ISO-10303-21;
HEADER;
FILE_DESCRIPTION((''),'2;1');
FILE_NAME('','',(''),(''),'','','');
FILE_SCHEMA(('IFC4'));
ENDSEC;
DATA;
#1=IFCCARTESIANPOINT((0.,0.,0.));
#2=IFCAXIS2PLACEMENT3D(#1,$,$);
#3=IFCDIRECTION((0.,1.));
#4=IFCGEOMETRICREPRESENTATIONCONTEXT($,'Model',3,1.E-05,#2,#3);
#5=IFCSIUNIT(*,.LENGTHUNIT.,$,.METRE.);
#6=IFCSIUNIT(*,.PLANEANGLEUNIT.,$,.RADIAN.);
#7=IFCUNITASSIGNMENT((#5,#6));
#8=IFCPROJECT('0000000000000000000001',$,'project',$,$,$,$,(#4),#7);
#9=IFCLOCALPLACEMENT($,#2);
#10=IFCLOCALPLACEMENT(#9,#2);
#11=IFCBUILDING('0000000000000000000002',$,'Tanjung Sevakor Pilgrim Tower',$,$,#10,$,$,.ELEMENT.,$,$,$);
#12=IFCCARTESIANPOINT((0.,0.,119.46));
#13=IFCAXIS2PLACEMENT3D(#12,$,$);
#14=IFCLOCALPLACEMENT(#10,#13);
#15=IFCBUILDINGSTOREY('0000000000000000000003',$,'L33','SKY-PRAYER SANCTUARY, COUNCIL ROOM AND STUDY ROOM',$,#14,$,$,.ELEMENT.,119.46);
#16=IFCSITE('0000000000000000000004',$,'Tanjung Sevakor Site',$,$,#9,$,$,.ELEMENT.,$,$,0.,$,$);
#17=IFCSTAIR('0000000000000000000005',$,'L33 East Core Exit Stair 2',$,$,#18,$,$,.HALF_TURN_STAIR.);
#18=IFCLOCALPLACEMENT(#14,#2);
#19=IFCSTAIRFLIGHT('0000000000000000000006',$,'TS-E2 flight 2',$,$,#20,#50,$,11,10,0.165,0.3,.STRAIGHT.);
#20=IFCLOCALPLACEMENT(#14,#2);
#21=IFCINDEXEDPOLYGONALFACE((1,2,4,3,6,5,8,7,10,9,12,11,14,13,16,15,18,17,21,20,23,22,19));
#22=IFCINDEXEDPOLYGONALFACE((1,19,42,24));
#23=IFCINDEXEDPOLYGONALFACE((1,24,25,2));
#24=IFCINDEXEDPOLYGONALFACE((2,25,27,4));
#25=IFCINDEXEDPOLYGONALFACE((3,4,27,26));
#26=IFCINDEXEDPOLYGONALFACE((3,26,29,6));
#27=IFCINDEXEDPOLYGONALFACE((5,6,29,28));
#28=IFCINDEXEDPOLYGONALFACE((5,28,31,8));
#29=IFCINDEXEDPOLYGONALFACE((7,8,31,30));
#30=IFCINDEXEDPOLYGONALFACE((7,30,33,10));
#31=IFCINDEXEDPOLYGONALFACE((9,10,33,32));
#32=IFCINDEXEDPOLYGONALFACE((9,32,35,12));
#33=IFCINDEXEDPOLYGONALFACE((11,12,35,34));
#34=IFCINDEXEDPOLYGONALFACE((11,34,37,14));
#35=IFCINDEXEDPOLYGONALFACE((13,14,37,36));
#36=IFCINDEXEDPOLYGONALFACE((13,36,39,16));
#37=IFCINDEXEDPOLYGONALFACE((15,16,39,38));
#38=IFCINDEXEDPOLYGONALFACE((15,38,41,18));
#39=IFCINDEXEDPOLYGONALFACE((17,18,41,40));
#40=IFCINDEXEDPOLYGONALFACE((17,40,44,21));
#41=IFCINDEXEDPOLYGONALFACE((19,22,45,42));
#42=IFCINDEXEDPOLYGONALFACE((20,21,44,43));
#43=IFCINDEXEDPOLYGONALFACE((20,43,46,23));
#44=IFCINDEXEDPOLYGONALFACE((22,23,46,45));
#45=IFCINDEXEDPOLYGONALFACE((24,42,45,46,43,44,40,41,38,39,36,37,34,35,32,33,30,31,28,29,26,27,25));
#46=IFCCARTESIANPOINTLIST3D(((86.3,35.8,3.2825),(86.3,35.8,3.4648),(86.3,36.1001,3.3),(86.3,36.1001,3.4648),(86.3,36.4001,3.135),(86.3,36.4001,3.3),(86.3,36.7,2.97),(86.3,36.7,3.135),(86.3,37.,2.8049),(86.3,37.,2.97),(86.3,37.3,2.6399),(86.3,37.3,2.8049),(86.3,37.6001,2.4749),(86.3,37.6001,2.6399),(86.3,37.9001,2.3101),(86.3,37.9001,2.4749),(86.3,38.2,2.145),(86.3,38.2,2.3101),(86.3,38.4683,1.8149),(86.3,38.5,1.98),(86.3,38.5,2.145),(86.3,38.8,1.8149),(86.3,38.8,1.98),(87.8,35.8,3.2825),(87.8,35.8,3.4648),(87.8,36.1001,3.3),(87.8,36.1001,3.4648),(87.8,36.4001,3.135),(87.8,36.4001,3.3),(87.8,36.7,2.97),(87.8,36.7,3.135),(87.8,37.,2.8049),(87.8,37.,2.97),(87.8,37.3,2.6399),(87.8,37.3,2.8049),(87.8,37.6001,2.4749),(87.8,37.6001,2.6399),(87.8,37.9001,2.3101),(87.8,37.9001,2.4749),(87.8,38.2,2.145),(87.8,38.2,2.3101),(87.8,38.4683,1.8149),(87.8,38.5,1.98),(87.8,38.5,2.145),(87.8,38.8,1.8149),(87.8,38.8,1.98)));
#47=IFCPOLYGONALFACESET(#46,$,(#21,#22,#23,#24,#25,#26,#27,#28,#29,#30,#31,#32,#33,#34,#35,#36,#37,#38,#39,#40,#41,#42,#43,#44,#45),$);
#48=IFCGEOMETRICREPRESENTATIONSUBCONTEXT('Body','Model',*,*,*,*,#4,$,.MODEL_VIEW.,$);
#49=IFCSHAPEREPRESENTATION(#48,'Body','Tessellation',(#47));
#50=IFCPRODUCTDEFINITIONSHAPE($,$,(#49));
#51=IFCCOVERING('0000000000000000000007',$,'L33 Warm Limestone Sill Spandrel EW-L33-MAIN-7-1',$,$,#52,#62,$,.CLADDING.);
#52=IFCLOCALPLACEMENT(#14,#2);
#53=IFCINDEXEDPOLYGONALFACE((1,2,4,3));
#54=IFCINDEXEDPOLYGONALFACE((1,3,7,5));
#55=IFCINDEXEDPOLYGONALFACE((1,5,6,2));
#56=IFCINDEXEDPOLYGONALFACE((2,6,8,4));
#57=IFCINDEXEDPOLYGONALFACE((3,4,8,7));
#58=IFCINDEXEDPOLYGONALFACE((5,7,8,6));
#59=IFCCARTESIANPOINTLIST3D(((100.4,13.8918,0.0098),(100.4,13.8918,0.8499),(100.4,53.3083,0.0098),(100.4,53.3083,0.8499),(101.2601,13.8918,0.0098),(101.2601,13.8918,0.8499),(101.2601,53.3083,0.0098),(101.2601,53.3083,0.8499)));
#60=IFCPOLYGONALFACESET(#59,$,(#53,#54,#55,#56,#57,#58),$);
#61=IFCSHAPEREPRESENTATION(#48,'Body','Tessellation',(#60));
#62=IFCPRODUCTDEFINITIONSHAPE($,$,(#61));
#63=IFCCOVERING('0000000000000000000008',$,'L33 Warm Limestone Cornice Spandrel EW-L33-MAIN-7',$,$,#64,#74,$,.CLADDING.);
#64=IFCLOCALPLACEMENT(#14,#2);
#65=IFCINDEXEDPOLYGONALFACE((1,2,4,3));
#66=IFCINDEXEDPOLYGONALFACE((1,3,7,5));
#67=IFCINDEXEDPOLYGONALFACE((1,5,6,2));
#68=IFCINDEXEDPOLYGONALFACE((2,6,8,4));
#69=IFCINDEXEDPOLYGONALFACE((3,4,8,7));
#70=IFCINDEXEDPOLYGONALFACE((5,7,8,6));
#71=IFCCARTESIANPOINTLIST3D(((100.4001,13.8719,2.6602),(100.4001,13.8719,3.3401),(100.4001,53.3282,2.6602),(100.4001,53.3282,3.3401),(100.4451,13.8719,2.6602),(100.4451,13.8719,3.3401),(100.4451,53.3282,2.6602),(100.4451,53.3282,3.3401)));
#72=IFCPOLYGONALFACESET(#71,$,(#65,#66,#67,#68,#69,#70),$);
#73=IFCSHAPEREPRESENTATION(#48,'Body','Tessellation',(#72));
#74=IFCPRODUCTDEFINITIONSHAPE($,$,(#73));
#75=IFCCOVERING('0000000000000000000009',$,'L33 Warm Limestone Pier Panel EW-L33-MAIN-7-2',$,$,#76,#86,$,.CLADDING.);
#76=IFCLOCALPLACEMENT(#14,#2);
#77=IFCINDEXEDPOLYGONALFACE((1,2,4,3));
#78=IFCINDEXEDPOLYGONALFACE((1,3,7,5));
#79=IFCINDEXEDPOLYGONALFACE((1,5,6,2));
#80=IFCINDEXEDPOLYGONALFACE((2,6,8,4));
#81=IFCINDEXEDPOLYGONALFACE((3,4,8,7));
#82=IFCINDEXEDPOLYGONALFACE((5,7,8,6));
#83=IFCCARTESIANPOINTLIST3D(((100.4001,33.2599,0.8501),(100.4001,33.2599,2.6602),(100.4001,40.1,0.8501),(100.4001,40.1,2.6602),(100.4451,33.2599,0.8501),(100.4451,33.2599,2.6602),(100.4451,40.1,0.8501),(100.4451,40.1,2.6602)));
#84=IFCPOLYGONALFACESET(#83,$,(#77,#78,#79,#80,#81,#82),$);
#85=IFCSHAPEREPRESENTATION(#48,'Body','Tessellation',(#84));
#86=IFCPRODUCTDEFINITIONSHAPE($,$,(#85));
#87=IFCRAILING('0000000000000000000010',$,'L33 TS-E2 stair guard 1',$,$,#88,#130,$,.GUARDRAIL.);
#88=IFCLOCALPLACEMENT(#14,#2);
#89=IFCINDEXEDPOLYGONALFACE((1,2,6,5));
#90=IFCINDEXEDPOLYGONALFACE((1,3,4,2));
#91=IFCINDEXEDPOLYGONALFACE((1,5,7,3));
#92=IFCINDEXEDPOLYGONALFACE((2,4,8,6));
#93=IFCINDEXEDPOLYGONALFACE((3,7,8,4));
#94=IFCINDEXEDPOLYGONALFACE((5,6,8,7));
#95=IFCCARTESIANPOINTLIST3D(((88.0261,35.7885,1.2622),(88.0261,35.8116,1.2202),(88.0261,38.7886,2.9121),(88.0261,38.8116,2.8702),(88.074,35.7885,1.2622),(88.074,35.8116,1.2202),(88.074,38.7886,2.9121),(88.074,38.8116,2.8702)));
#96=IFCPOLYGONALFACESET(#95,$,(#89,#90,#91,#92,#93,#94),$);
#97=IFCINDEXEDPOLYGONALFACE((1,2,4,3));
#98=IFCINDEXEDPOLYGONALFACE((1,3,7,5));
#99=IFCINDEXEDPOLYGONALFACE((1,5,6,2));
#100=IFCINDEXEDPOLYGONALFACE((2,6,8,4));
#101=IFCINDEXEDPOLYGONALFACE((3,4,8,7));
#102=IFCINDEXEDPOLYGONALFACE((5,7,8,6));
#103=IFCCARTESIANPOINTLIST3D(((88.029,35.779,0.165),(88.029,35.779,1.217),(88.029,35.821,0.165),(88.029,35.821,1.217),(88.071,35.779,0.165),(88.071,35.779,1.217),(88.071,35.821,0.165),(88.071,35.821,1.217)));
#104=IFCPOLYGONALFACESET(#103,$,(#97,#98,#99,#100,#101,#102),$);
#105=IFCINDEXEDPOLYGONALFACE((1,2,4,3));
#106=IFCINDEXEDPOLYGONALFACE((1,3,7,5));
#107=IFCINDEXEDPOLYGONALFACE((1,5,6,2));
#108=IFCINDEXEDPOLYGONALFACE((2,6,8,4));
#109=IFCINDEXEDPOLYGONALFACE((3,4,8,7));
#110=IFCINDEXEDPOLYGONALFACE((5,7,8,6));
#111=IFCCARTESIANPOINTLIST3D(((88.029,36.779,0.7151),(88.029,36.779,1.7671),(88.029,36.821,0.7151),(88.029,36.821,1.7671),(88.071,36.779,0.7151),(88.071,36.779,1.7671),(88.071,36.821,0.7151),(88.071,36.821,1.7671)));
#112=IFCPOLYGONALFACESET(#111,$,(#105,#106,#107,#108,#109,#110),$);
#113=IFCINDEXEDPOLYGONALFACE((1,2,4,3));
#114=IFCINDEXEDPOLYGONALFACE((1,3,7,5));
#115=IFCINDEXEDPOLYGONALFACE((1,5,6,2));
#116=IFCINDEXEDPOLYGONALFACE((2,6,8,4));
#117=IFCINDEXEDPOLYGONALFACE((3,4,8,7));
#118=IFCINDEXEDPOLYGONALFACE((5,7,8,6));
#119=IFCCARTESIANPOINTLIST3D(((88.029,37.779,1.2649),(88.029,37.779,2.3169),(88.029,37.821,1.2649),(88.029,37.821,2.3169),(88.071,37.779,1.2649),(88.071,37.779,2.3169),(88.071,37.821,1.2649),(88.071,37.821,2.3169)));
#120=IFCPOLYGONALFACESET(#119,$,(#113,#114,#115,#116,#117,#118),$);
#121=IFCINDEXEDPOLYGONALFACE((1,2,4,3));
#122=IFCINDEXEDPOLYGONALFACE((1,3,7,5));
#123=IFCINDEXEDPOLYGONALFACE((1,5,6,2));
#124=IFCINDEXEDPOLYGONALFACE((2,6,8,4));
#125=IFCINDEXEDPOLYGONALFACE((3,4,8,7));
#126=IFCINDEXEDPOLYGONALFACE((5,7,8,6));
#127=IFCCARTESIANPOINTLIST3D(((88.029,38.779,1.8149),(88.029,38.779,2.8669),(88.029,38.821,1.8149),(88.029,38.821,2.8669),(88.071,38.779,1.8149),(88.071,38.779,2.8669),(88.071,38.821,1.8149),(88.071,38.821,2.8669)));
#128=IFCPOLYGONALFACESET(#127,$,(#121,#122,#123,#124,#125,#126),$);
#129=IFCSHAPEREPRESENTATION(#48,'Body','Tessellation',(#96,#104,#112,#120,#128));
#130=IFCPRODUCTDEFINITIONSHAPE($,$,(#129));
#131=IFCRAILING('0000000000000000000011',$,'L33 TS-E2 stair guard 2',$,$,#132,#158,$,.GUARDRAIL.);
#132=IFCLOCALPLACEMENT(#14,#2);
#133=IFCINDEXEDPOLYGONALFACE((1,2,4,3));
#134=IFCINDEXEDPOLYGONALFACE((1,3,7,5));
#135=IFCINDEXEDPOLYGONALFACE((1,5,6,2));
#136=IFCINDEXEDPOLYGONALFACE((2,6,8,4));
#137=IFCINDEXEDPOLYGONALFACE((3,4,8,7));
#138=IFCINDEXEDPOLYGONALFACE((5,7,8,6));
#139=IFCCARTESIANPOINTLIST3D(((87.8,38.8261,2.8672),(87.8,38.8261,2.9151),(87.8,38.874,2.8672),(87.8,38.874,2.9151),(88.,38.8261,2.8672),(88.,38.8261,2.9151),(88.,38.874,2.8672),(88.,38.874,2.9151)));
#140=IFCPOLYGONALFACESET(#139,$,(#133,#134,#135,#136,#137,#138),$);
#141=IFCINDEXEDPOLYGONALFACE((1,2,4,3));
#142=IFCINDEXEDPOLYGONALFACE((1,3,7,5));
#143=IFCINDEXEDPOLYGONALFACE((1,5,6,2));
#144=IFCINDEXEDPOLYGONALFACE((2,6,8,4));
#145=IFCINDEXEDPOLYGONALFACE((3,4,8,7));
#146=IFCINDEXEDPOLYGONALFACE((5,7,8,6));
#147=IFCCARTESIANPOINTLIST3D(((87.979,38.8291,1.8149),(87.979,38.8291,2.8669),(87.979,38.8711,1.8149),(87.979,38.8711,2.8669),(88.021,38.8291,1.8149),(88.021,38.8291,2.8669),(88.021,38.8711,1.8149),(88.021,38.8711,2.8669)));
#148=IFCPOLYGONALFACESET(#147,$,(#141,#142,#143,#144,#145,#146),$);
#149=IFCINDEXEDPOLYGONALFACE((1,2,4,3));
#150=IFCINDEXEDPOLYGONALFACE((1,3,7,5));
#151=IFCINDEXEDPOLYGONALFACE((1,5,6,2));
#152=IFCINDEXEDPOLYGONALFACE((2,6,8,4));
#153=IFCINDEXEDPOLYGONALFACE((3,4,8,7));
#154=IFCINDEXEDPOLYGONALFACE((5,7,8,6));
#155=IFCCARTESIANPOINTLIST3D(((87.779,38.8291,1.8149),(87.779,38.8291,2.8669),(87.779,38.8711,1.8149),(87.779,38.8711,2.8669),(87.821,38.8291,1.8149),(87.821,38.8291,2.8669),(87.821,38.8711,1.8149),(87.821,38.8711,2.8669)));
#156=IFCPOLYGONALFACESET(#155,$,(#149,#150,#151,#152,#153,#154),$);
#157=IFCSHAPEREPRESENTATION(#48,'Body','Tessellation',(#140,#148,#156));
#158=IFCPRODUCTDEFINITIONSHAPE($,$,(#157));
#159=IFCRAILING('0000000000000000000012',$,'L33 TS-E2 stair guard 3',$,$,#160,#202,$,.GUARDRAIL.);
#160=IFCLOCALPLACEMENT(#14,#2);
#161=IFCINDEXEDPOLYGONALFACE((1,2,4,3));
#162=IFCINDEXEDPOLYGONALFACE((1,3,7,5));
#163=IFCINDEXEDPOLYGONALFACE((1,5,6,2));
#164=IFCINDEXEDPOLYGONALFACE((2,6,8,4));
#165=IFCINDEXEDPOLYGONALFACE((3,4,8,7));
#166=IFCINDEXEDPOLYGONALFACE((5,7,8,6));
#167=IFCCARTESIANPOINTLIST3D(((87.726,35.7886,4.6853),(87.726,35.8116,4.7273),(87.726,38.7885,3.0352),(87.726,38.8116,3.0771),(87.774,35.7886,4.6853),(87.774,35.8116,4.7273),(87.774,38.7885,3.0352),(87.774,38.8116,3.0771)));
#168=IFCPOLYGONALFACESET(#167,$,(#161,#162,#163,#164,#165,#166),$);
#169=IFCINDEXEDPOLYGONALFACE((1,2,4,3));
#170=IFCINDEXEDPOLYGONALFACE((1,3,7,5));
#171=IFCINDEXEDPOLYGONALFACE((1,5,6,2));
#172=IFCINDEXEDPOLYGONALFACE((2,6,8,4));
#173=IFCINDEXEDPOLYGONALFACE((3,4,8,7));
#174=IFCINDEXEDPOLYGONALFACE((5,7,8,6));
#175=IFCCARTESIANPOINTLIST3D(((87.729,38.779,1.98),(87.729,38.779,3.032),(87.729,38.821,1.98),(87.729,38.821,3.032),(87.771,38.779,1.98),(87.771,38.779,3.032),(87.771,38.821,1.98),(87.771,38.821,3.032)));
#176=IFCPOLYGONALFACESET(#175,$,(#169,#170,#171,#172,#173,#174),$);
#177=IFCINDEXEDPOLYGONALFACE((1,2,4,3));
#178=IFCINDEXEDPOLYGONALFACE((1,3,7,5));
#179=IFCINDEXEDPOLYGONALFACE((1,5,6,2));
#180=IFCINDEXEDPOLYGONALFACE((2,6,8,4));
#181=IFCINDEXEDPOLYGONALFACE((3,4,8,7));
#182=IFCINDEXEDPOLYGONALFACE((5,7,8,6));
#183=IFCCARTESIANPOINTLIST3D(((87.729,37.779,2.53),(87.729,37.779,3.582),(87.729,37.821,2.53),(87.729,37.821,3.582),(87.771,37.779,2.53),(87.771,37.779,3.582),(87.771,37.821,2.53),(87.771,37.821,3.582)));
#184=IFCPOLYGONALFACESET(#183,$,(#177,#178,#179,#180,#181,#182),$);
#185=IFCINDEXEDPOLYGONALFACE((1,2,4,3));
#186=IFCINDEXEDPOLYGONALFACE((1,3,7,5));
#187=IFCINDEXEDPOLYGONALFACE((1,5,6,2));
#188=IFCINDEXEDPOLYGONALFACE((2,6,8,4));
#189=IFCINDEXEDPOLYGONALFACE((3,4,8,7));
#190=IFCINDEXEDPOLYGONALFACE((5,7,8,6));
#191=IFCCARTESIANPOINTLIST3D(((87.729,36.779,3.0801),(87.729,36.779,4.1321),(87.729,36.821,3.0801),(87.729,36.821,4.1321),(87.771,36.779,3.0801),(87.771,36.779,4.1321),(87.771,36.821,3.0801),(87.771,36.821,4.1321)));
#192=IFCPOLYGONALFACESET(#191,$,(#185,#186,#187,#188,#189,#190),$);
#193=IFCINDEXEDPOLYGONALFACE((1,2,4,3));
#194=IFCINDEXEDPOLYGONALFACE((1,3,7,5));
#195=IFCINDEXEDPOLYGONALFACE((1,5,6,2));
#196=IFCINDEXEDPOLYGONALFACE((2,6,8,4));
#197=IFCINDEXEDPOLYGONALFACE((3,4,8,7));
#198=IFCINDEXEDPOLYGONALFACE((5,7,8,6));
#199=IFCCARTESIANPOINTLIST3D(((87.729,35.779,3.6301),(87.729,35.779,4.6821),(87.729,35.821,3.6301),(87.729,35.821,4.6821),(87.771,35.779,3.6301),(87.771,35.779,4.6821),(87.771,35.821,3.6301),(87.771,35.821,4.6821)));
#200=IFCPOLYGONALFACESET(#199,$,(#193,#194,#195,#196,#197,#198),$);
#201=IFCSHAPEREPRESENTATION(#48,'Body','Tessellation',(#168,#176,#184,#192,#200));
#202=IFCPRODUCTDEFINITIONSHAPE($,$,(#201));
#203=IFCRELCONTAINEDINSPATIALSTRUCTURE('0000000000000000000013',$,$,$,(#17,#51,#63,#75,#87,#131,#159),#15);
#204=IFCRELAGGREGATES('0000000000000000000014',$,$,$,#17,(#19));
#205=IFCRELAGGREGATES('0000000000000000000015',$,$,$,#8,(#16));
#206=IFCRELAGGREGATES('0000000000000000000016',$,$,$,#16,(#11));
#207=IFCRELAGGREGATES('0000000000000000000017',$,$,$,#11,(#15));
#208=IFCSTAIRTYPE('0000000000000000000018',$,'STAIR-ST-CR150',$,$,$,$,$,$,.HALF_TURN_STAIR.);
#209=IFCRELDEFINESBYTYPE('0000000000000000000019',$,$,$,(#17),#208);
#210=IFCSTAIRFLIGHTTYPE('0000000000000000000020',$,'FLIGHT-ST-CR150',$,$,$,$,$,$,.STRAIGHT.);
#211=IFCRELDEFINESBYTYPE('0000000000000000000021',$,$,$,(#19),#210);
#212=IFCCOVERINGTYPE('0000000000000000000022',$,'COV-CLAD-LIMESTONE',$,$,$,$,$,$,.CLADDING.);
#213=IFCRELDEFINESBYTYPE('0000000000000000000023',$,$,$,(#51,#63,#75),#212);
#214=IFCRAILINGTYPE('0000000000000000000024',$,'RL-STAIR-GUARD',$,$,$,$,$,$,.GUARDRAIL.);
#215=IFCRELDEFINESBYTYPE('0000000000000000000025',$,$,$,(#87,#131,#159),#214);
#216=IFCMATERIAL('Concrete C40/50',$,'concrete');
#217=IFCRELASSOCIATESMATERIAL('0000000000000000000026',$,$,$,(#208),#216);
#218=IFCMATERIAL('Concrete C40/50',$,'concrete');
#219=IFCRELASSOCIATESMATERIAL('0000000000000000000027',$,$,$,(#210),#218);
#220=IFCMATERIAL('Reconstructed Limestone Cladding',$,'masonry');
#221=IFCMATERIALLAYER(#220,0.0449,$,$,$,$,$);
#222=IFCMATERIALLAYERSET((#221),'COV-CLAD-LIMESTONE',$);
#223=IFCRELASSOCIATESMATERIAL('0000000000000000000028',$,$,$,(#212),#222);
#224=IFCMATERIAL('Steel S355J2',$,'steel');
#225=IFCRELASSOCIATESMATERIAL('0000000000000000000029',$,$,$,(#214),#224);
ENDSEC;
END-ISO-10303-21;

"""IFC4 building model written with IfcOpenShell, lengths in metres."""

from ifc_helpers import new_model, si_unit, direction, frame, origin, origin_2d, place, context, subcontext, project, spatial, polyline, rectangle, outline, extrude, material, layer, layer_set, type_object, element, aggregate, save


model = new_model("IFC4")

# Units and contexts
model_context = context("Model", 3, precision=1e-05, world=origin(), true_north=direction((0.0, 1.0)))
body_context = subcontext(model_context, "Body", "Model", "MODEL_VIEW")
ifc_project = project(units=[si_unit("LENGTHUNIT", "METRE"), si_unit("PLANEANGLEUNIT", "RADIAN")], contexts=[model_context])

# Site, building, storey
site_placement = place(None, origin())
site = spatial("IfcSite", under=ifc_project, at=site_placement, Name="Tanjung Sevakor Site", CompositionType="ELEMENT", RefElevation=0.0)
building_placement = place(site_placement, origin())
building = spatial("IfcBuilding", under=site, at=building_placement, Name="Tanjung Sevakor Pilgrim Tower", CompositionType="ELEMENT")
storey_placement = place(building_placement, frame((0.0, 0.0, 119.46)))
storey = spatial("IfcBuildingStorey", under=building, at=storey_placement, Name="L33", Description="SKY-PRAYER SANCTUARY, COUNCIL ROOM AND STUDY ROOM", CompositionType="ELEMENT", Elevation=119.46)

# Stair, stair flight
ifc_material_1 = material(Name="Concrete C40/50", Category="concrete")
stair_type = type_object("IfcStairType", Name="STAIR-ST-CR150", PredefinedType="HALF_TURN_STAIR", material=ifc_material_1)
stair_placement = place(storey_placement, origin())
stair = element("IfcStair", 1, at=stair_placement, inside=storey, type_object=stair_type, Name="L33 East Core Exit Stair 2", PredefinedType="HALF_TURN_STAIR")
ifc_material_2 = material(Name="Concrete C40/50", Category="concrete")
stair_flight_type = type_object("IfcStairFlightType", Name="FLIGHT-ST-CR150", PredefinedType="STRAIGHT", material=ifc_material_2)
stair_flight_1_placement = place(storey_placement, frame((87.05, 38.8, 1.8149), z_axis=(0.0, 0.0, 1.0), x_axis=(0.0, -1.0, 0.0)))
stair_flight_1 = element("IfcStairFlight", 2, at=stair_flight_1_placement, type_object=stair_flight_type, Name="TS-E2 flight 2", NumberOfRisers=11, NumberOfTreads=10, PredefinedType="STRAIGHT", RiserHeight=0.165, TreadLength=0.3, context=body_context, shape_type="SweptSolid", body=[
    extrude(outline(polyline([(0.0, 0.0), (0.0, 0.165), (0.3, 0.165), (0.3, 0.3301), (0.6001, 0.3301), (0.6001, 0.4951), (0.8999, 0.4951), (0.8999, 0.6599), (1.2, 0.6599), (1.2, 0.825), (1.5, 0.825), (1.5, 0.99), (1.8, 0.99), (1.8, 1.155), (2.1001, 1.155), (2.1001, 1.3201), (2.3999, 1.3201), (2.3999, 1.4851), (2.7, 1.4851), (2.7, 1.6499), (3.0, 1.6499), (3.0, 1.8149), (3.0, 1.4675), (0.3318, 0.0), (0.0, 0.0)])), frame((0.0, 0.75, 0.0), z_axis=(0.0, -1.0, 0.0), x_axis=(1.0, 0.0, 0.0)), (0.0, 0.0, 1.0), 1.5),
])
aggregate(stair, [stair_flight_1])

# Coverings
ifc_material_3 = material(Name="Reconstructed Limestone Cladding", Category="masonry")
ifc_layer_1 = layer(ifc_material_3, 0.0449)
ifc_layer_set_1 = layer_set([ifc_layer_1], Name="COV-CLAD-LIMESTONE")
covering_type = type_object("IfcCoveringType", Name="COV-CLAD-LIMESTONE", PredefinedType="CLADDING", material=ifc_layer_set_1)
covering_1_placement = place(storey_placement, frame((100.8301, 33.6001, 0.0098), z_axis=(0.0, 0.0, 1.0), x_axis=(0.0, 1.0, 0.0)))
element("IfcCovering", 3, at=covering_1_placement, inside=storey, type_object=covering_type, Name="L33 Warm Limestone Sill Spandrel EW-L33-MAIN-7-1", PredefinedType="CLADDING", context=body_context, shape_type="SweptSolid", body=[
    extrude(rectangle(XDim=39.4165, YDim=0.8601, at=origin_2d()), origin(), (0.0, 0.0, 1.0), 0.8401),
])
covering_2_placement = place(storey_placement, frame((100.4226, 33.6001, 2.6602), z_axis=(0.0, 0.0, 1.0), x_axis=(0.0, 1.0, 0.0)))
element("IfcCovering", 4, at=covering_2_placement, inside=storey, type_object=covering_type, Name="L33 Warm Limestone Cornice Spandrel EW-L33-MAIN-7", PredefinedType="CLADDING", context=body_context, shape_type="SweptSolid", body=[
    extrude(rectangle(XDim=39.4563, YDim=0.0449, at=origin_2d()), origin(), (0.0, 0.0, 1.0), 0.6799),
])
covering_3_placement = place(storey_placement, frame((100.4226, 36.6799, 0.8501), z_axis=(0.0, 0.0, 1.0), x_axis=(0.0, 1.0, 0.0)))
element("IfcCovering", 5, at=covering_3_placement, inside=storey, type_object=covering_type, Name="L33 Warm Limestone Pier Panel EW-L33-MAIN-7-2", PredefinedType="CLADDING", context=body_context, shape_type="SweptSolid", body=[
    extrude(rectangle(XDim=6.8401, YDim=0.0449, at=origin_2d()), origin(), (0.0, 0.0, 1.0), 1.8101),
])

# Railings
ifc_material_4 = material(Name="Steel S355J2", Category="steel")
railing_type_1 = type_object("IfcRailingType", Name="RL-STAIR-GUARD", PredefinedType="GUARDRAIL", material=ifc_material_4)
railing_1_placement = place(storey_placement, frame((88.05, 35.8, 0.165)))
element("IfcRailing", 6, at=railing_1_placement, inside=storey, type_object=railing_type_1, Name="L33 TS-E2 stair guard 1", PredefinedType="GUARDRAIL", context=body_context, shape_type="SweptSolid", body=[
    extrude(rectangle(XDim=0.0479, YDim=0.0479), frame((0.0, 0.0, 1.0762), z_axis=(0.0, 0.876228, 0.481897), x_axis=(-1.0, 0.0, 0.0)), (0.0, 0.0, 1.0), 3.4238),
    extrude(rectangle(XDim=0.042, YDim=0.042), origin(), (0.0, 0.0, 1.0), 1.052),
    extrude(rectangle(XDim=0.042, YDim=0.042), frame((0.0, 1.0, 0.55)), (0.0, 0.0, 1.0), 1.052),
    extrude(rectangle(XDim=0.042, YDim=0.042), frame((0.0, 2.0, 1.0999)), (0.0, 0.0, 1.0), 1.052),
    extrude(rectangle(XDim=0.042, YDim=0.042), frame((0.0, 3.0, 1.6499)), (0.0, 0.0, 1.0), 1.052),
])
railing_2_placement = place(storey_placement, frame((88.0, 38.8501, 1.8149)))
element("IfcRailing", 7, at=railing_2_placement, inside=storey, type_object=railing_type_1, Name="L33 TS-E2 stair guard 2", PredefinedType="GUARDRAIL", context=body_context, shape_type="SweptSolid", body=[
    extrude(rectangle(XDim=0.0479, YDim=0.0479), frame((0.0, 0.0, 1.0762), z_axis=(-1.0, 0.0, 0.0), x_axis=(0.0, -1.0, 0.0)), (0.0, 0.0, 1.0), 0.2),
    extrude(rectangle(XDim=0.042, YDim=0.042), origin(), (0.0, 0.0, 1.0), 1.052),
    extrude(rectangle(XDim=0.042, YDim=0.042), frame((-0.2, 0.0, 0.0)), (0.0, 0.0, 1.0), 1.052),
])
railing_3_placement = place(storey_placement, frame((87.75, 38.8, 1.98)))
element("IfcRailing", 8, at=railing_3_placement, inside=storey, type_object=railing_type_1, Name="L33 TS-E2 stair guard 3", PredefinedType="GUARDRAIL", context=body_context, shape_type="SweptSolid", body=[
    extrude(rectangle(XDim=0.0479, YDim=0.0479), frame((0.0, 0.0, 1.0762), z_axis=(0.0, -0.876198, 0.481952), x_axis=(1.0, 0.0, 0.0)), (0.0, 0.0, 1.0), 3.4238),
    extrude(rectangle(XDim=0.042, YDim=0.042), origin(), (0.0, 0.0, 1.0), 1.052),
    extrude(rectangle(XDim=0.042, YDim=0.042), frame((0.0, -1.0, 0.55)), (0.0, 0.0, 1.0), 1.052),
    extrude(rectangle(XDim=0.042, YDim=0.042), frame((0.0, -2.0, 1.1001)), (0.0, 0.0, 1.0), 1.052),
    extrude(rectangle(XDim=0.042, YDim=0.042), frame((0.0, -3.0, 1.6501)), (0.0, 0.0, 1.0), 1.052),
])

save(model, "model.ifc")
